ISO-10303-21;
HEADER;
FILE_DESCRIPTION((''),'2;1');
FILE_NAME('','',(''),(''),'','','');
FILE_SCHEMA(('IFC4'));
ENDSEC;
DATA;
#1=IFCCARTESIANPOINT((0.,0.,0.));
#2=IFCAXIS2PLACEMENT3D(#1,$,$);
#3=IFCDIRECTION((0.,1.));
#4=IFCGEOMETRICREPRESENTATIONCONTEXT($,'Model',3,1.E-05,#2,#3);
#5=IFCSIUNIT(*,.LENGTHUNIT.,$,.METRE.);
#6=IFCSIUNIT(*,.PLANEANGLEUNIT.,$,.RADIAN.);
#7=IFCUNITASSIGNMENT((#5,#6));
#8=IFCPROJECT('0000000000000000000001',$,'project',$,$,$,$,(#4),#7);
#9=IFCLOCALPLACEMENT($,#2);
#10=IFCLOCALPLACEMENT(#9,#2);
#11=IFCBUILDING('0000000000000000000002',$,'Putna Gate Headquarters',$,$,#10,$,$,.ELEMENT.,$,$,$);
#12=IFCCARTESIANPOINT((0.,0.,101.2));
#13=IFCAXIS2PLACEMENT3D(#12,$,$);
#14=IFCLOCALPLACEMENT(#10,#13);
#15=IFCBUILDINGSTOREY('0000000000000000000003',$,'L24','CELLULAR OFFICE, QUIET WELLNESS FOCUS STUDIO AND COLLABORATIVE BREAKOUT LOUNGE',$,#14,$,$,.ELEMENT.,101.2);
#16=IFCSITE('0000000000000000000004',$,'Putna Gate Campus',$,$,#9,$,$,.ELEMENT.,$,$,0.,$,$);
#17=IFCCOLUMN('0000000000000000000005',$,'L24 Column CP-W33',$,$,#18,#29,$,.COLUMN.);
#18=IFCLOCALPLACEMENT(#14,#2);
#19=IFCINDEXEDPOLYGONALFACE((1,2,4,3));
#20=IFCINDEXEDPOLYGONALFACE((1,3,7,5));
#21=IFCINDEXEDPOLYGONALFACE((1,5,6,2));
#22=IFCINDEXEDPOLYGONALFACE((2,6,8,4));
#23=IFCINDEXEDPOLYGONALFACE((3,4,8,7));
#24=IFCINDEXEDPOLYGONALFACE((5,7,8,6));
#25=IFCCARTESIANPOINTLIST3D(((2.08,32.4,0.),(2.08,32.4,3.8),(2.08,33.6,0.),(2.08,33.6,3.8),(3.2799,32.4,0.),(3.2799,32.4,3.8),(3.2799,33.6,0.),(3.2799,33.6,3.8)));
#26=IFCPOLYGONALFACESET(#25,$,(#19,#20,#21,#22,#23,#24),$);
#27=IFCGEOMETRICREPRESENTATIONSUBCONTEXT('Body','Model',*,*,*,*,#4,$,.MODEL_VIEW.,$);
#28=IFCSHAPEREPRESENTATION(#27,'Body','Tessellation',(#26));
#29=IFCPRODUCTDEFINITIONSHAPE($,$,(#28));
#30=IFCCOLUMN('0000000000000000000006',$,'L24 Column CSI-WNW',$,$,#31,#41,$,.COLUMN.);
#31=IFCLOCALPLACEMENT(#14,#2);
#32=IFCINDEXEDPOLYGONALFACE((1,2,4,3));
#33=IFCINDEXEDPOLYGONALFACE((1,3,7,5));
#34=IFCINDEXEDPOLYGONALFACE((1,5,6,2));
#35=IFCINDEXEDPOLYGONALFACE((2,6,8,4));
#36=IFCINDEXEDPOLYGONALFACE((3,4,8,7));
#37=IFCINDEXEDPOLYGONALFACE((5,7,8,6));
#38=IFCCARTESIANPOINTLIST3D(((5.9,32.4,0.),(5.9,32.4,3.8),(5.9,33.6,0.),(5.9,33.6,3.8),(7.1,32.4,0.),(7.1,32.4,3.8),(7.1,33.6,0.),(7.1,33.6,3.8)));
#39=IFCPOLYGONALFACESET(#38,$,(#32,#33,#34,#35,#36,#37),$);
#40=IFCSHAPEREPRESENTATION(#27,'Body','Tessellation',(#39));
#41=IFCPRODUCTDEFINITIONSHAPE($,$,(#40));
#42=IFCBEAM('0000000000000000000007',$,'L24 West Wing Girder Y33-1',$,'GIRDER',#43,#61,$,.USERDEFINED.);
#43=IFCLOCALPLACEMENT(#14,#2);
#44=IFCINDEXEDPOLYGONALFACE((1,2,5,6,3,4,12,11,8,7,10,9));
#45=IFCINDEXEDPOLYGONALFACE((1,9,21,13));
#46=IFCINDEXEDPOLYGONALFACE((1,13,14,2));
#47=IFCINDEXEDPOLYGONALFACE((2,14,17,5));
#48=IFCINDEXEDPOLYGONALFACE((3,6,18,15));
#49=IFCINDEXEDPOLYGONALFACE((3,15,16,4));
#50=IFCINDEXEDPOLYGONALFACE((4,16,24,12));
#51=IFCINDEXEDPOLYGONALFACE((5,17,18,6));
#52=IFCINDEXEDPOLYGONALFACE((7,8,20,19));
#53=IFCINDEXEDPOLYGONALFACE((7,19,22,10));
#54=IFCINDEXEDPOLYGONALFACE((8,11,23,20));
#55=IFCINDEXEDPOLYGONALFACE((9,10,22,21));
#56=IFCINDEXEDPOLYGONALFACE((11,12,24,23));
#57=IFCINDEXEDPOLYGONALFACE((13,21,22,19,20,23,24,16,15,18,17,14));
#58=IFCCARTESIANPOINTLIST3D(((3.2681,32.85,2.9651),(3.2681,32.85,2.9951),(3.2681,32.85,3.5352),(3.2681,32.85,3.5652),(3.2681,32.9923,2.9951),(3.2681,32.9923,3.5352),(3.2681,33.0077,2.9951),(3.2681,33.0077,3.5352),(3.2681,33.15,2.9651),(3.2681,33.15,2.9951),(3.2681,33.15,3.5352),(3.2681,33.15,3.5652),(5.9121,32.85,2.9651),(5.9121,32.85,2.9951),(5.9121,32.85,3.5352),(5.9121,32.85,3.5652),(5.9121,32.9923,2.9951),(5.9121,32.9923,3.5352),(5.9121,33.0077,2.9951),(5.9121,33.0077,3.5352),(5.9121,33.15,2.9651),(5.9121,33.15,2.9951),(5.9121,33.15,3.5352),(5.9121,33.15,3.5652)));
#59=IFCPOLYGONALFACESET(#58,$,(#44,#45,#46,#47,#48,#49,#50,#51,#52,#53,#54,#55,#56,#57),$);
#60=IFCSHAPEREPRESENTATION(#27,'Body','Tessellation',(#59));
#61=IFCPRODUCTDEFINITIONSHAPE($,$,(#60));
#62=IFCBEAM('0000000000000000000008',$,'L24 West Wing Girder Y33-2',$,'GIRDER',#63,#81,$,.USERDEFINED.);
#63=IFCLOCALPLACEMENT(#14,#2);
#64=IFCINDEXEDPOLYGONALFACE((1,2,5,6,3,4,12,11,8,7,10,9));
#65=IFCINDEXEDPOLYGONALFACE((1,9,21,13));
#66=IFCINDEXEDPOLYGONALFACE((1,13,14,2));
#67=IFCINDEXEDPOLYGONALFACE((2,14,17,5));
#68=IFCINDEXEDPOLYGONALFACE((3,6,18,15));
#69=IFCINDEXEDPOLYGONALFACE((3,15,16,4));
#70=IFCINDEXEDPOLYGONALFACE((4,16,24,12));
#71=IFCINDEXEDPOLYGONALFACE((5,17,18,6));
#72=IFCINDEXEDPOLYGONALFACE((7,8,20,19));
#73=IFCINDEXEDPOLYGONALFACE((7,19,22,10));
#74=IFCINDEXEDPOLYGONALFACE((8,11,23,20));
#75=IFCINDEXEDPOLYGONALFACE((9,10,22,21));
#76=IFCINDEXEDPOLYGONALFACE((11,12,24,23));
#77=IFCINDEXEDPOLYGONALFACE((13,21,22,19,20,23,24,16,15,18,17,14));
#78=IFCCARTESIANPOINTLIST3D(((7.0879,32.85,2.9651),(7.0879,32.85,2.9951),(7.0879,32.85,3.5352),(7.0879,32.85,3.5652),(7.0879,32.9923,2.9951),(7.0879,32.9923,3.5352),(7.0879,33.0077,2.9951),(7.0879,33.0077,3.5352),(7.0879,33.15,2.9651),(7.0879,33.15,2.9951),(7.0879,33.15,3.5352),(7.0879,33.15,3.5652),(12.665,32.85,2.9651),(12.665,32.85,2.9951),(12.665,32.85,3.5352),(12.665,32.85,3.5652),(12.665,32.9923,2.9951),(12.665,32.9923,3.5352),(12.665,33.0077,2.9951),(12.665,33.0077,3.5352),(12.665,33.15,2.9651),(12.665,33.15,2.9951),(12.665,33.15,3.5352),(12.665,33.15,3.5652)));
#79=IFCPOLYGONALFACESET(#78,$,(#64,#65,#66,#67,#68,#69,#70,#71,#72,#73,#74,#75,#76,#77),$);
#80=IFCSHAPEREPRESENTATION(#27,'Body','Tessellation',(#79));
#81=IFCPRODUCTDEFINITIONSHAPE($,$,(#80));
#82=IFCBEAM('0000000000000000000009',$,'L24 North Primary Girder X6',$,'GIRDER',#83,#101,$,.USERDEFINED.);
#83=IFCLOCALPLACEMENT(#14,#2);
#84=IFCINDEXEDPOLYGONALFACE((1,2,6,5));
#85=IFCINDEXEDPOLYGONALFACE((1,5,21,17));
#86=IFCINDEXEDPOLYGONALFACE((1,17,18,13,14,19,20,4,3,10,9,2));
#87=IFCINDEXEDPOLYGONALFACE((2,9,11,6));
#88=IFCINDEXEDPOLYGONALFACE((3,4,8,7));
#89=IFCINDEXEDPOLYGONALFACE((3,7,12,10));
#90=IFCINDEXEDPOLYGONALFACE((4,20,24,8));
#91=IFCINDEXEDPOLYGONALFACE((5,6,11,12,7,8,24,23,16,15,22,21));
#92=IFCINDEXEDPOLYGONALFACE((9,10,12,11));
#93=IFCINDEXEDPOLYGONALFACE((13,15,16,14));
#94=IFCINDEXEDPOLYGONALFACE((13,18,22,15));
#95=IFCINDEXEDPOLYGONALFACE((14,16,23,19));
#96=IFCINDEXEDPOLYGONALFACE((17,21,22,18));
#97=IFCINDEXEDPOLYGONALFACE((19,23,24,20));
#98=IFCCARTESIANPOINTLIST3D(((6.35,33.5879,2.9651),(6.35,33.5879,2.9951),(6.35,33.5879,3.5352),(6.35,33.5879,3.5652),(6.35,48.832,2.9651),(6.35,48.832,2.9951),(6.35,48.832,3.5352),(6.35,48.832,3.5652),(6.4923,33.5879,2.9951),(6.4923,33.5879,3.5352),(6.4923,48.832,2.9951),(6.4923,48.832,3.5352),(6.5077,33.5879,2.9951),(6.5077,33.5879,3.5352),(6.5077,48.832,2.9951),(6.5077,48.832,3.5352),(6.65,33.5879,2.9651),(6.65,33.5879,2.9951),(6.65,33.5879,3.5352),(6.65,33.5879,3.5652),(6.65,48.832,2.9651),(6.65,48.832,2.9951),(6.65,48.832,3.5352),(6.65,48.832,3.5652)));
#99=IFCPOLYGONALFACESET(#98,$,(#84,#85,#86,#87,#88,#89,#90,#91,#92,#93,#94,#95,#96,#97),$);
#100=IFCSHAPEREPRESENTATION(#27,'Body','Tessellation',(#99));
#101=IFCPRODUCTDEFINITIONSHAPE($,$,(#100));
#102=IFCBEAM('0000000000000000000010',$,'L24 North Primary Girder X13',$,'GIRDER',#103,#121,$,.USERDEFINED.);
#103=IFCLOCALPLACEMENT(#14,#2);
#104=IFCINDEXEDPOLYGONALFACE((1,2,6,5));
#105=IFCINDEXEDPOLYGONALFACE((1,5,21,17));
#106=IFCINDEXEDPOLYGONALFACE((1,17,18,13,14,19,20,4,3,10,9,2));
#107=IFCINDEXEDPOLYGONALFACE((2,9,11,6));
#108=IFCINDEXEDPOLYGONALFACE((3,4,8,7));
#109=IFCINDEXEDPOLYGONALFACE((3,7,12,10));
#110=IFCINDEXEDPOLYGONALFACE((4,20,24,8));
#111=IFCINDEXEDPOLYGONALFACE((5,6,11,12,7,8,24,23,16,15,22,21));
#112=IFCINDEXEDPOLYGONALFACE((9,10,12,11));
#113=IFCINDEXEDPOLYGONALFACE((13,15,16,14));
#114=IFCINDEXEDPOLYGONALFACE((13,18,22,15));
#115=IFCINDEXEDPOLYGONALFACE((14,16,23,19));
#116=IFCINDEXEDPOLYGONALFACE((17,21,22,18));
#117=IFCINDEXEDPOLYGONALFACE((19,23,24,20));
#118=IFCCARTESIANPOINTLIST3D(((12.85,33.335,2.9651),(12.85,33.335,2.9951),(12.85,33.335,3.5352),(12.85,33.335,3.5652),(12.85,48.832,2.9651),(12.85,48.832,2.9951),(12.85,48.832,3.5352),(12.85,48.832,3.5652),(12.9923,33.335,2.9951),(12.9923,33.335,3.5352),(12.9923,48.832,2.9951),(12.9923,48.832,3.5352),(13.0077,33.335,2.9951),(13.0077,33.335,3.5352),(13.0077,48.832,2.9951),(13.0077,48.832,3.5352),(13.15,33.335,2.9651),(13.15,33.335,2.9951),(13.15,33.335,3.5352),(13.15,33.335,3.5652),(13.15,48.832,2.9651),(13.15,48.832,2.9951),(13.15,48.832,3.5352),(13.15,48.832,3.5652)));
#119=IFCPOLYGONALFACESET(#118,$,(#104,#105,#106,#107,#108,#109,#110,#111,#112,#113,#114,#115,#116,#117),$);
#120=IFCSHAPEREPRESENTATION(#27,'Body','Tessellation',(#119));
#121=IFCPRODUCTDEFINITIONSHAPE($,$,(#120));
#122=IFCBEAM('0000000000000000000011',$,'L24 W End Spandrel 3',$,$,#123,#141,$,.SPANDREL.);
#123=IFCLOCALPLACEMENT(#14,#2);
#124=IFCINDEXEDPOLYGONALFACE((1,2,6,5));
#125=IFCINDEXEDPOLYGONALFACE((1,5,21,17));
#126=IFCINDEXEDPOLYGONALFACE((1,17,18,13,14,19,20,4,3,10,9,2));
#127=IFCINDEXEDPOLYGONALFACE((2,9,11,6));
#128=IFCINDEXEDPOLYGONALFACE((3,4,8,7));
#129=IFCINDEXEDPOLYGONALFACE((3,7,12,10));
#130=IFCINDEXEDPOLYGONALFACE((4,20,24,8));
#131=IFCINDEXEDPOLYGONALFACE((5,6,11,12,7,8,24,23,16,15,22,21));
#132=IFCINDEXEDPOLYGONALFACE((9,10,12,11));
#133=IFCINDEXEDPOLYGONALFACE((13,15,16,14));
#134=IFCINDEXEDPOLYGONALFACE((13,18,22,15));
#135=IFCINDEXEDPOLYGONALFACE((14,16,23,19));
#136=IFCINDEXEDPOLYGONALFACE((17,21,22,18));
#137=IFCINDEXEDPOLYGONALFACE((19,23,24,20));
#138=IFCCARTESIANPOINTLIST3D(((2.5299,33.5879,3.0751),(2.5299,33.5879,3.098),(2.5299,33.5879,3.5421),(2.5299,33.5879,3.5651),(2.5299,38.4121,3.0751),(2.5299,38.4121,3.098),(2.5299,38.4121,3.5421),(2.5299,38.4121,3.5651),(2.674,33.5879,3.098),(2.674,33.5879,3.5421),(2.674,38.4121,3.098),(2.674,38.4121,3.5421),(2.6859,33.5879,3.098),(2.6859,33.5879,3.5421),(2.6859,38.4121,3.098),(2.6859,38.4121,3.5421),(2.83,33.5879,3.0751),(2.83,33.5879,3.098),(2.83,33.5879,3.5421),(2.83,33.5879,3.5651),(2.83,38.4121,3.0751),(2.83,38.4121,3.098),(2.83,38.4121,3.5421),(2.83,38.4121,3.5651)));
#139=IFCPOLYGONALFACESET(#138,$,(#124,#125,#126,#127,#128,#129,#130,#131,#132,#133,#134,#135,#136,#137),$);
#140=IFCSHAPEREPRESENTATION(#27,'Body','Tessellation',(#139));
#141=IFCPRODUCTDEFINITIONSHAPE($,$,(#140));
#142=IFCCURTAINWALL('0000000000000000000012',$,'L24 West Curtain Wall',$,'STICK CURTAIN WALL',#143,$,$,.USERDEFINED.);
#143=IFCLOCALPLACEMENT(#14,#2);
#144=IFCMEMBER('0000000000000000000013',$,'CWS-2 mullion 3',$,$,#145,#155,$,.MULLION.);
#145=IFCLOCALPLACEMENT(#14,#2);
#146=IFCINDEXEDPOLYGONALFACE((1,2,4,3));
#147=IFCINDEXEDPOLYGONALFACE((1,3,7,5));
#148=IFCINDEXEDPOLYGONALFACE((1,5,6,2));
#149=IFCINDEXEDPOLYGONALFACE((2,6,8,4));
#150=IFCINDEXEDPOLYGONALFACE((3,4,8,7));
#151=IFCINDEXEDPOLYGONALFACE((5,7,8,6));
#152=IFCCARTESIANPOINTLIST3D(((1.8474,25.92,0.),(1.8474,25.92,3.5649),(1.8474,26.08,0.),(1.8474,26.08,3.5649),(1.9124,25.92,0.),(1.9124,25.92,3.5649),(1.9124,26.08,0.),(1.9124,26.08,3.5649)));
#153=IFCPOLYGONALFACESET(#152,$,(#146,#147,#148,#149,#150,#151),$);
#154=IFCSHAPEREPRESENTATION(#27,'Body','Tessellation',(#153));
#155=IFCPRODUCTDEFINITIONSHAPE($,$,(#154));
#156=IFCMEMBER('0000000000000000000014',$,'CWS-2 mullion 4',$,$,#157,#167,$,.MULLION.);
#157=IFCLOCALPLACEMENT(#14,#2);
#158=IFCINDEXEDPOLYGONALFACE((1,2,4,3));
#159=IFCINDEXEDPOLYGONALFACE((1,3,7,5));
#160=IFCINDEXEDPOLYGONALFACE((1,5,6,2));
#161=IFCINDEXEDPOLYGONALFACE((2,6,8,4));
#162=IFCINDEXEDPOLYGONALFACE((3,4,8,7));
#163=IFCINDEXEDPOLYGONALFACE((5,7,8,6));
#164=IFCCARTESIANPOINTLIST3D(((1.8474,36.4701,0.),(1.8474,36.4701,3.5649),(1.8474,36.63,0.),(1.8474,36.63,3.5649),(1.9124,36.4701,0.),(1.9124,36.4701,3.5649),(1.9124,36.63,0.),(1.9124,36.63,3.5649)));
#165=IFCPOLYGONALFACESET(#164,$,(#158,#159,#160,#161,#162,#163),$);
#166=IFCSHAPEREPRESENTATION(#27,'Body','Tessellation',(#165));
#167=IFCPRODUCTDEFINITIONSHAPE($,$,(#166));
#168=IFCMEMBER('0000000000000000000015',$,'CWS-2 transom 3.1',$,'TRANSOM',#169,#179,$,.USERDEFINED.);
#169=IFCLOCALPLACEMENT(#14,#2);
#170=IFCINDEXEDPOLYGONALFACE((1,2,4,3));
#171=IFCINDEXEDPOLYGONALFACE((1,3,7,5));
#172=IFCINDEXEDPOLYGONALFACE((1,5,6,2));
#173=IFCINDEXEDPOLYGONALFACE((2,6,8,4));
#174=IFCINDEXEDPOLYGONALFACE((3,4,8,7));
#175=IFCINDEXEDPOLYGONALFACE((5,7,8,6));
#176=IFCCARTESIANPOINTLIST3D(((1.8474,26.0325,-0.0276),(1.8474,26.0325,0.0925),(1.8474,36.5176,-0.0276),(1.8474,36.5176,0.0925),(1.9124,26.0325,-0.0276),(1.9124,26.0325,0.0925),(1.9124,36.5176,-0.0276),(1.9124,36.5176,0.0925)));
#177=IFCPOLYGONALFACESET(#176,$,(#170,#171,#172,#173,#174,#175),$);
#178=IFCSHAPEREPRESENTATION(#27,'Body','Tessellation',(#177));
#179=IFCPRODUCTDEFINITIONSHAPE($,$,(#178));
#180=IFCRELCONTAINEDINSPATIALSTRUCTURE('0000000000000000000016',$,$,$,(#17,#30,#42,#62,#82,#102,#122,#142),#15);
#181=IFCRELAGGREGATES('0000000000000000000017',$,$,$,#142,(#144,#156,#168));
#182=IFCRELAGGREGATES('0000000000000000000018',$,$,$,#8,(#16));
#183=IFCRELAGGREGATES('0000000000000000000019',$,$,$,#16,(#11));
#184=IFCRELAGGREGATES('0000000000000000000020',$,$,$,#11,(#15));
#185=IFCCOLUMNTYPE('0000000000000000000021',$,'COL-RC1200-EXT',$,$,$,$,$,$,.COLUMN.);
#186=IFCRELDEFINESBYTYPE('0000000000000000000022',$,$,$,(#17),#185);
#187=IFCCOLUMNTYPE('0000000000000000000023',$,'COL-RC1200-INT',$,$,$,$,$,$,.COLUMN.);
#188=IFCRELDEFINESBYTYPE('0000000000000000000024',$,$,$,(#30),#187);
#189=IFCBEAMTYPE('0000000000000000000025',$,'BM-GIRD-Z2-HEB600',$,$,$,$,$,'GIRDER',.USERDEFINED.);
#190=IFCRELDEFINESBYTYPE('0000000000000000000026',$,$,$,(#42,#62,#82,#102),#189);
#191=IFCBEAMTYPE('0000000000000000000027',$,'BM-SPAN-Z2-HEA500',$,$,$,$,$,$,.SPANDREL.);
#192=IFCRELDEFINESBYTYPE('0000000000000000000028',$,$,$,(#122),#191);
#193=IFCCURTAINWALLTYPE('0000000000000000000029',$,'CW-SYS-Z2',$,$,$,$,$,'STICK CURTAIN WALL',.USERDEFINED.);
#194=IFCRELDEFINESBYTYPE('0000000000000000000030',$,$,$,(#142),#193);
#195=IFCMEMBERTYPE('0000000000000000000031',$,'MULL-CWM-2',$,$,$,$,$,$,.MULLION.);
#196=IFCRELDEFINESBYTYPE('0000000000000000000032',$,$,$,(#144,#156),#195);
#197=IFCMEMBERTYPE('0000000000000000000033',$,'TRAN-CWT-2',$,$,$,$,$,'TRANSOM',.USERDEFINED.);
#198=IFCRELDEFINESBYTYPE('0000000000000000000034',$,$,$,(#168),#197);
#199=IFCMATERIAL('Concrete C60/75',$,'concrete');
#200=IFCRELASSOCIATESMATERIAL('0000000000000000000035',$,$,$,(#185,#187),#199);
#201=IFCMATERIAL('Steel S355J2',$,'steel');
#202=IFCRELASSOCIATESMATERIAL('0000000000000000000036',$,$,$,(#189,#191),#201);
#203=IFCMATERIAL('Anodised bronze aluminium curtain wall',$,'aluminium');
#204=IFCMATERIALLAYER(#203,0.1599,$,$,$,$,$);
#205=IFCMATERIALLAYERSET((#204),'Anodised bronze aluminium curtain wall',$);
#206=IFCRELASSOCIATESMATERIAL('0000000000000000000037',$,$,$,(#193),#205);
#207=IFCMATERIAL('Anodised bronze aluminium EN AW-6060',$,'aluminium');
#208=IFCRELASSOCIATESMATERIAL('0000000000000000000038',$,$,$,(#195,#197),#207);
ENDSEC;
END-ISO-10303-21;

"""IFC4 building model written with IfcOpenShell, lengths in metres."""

from ifc_helpers import new_model, si_unit, direction, frame, origin, origin_2d, place, context, subcontext, project, spatial, rectangle, i_section, extrude, material, layer, layer_set, material_profile, profile_set, type_object, element, aggregate, save


model = new_model("IFC4")

# Units and contexts
model_context = context("Model", 3, precision=1e-05, world=origin(), true_north=direction((0.0, 1.0)))
body_context = subcontext(model_context, "Body", "Model", "MODEL_VIEW")
ifc_project = project(units=[si_unit("LENGTHUNIT", "METRE"), si_unit("PLANEANGLEUNIT", "RADIAN")], contexts=[model_context])

# Site, building, storey
site_placement = place(None, origin())
site = spatial("IfcSite", under=ifc_project, at=site_placement, Name="Putna Gate Campus", CompositionType="ELEMENT", RefElevation=0.0)
building_placement = place(site_placement, origin())
building = spatial("IfcBuilding", under=site, at=building_placement, Name="Putna Gate Headquarters", CompositionType="ELEMENT")
storey_placement = place(building_placement, frame((0.0, 0.0, 101.2)))
storey = spatial("IfcBuildingStorey", under=building, at=storey_placement, Name="L24", Description="CELLULAR OFFICE, QUIET WELLNESS FOCUS STUDIO AND COLLABORATIVE BREAKOUT LOUNGE", CompositionType="ELEMENT", Elevation=101.2)

# Columns
ifc_material_1 = material(Name="Concrete C60/75", Category="concrete")
ifc_material_profile_1 = material_profile(ifc_material_1, rectangle(XDim=1.2, YDim=1.2, at=origin_2d()), Name="Concrete C60/75")
ifc_profile_set_1 = profile_set([ifc_material_profile_1], Name="Concrete C60/75")
column_type_1 = type_object("IfcColumnType", Name="COL-RC1200-EXT", PredefinedType="COLUMN", material=ifc_profile_set_1)
column_1_placement = place(storey_placement, frame((2.6799, 33.0, 0.0), z_axis=(0.0, 0.0, 1.0), x_axis=(1.0, 0.0, 0.0)))
element("IfcColumn", 1, at=column_1_placement, inside=storey, type_object=column_type_1, Name="L24 Column CP-W33", PredefinedType="COLUMN", context=body_context, shape_type="SweptSolid", body=[
    extrude(rectangle(XDim=1.2, YDim=1.2, at=origin_2d()), origin(), (0.0, 0.0, 1.0), 3.8),
])
ifc_material_profile_2 = material_profile(ifc_material_1, rectangle(XDim=1.2, YDim=1.2, at=origin_2d()), Name="Concrete C60/75")
ifc_profile_set_2 = profile_set([ifc_material_profile_2], Name="Concrete C60/75")
column_type_2 = type_object("IfcColumnType", Name="COL-RC1200-INT", PredefinedType="COLUMN", material=ifc_profile_set_2)
column_2_placement = place(storey_placement, frame((6.5, 33.0, 0.0), z_axis=(0.0, 0.0, 1.0), x_axis=(1.0, 0.0, 0.0)))
element("IfcColumn", 2, at=column_2_placement, inside=storey, type_object=column_type_2, Name="L24 Column CSI-WNW", PredefinedType="COLUMN", context=body_context, shape_type="SweptSolid", body=[
    extrude(rectangle(XDim=1.2, YDim=1.2, at=origin_2d()), origin(), (0.0, 0.0, 1.0), 3.8),
])

# Beams
ifc_material_2 = material(Name="Steel S355J2", Category="steel")
ifc_material_profile_3 = material_profile(ifc_material_2, i_section(OverallWidth=0.3, OverallDepth=0.6001, WebThickness=0.0154, FlangeThickness=0.03, at=origin_2d()), Name="Steel S355J2")
ifc_profile_set_3 = profile_set([ifc_material_profile_3], Name="Steel S355J2")
beam_type_1 = type_object("IfcBeamType", Name="BM-GIRD-Z2-HEB600", ElementType="GIRDER", PredefinedType="USERDEFINED", material=ifc_profile_set_3)
beam_1_placement = place(storey_placement, frame((3.2681, 33.0, 3.2651), z_axis=(1.0, 0.0, 0.0), x_axis=(0.0, 1.0, 0.0)))
element("IfcBeam", 3, at=beam_1_placement, inside=storey, type_object=beam_type_1, Name="L24 West Wing Girder Y33-1", ObjectType="GIRDER", PredefinedType="USERDEFINED", context=body_context, shape_type="SweptSolid", body=[
    extrude(i_section(OverallWidth=0.3, OverallDepth=0.6001, WebThickness=0.0154, FlangeThickness=0.03, at=origin_2d()), origin(), (0.0, 0.0, 1.0), 2.644),
])
beam_2_placement = place(storey_placement, frame((7.0879, 33.0, 3.2651), z_axis=(1.0, 0.0, 0.0), x_axis=(0.0, 1.0, 0.0)))
element("IfcBeam", 4, at=beam_2_placement, inside=storey, type_object=beam_type_1, Name="L24 West Wing Girder Y33-2", ObjectType="GIRDER", PredefinedType="USERDEFINED", context=body_context, shape_type="SweptSolid", body=[
    extrude(i_section(OverallWidth=0.3, OverallDepth=0.6001, WebThickness=0.0154, FlangeThickness=0.03, at=origin_2d()), origin(), (0.0, 0.0, 1.0), 5.5771),
])
beam_3_placement = place(storey_placement, frame((6.5, 33.5879, 3.2651), z_axis=(0.0, 1.0, 0.0), x_axis=(-1.0, 0.0, 0.0)))
element("IfcBeam", 5, at=beam_3_placement, inside=storey, type_object=beam_type_1, Name="L24 North Primary Girder X6", ObjectType="GIRDER", PredefinedType="USERDEFINED", context=body_context, shape_type="SweptSolid", body=[
    extrude(i_section(OverallWidth=0.3, OverallDepth=0.6001, WebThickness=0.0154, FlangeThickness=0.03, at=origin_2d()), origin(), (0.0, 0.0, 1.0), 15.2441),
])
beam_4_placement = place(storey_placement, frame((13.0, 33.335, 3.2651), z_axis=(0.0, 1.0, 0.0), x_axis=(-1.0, 0.0, 0.0)))
element("IfcBeam", 6, at=beam_4_placement, inside=storey, type_object=beam_type_1, Name="L24 North Primary Girder X13", ObjectType="GIRDER", PredefinedType="USERDEFINED", context=body_context, shape_type="SweptSolid", body=[
    extrude(i_section(OverallWidth=0.3, OverallDepth=0.6001, WebThickness=0.0154, FlangeThickness=0.03, at=origin_2d()), origin(), (0.0, 0.0, 1.0), 15.4971),
])
ifc_material_profile_4 = material_profile(ifc_material_2, i_section(OverallWidth=0.3, OverallDepth=0.49, WebThickness=0.012, FlangeThickness=0.0229, at=origin_2d()), Name="Steel S355J2")
ifc_profile_set_4 = profile_set([ifc_material_profile_4], Name="Steel S355J2")
beam_type_2 = type_object("IfcBeamType", Name="BM-SPAN-Z2-HEA500", PredefinedType="SPANDREL", material=ifc_profile_set_4)
beam_5_placement = place(storey_placement, frame((2.6799, 33.5879, 3.3201), z_axis=(0.0, 1.0, 0.0), x_axis=(-1.0, 0.0, 0.0)))
element("IfcBeam", 7, at=beam_5_placement, inside=storey, type_object=beam_type_2, Name="L24 W End Spandrel 3", PredefinedType="SPANDREL", context=body_context, shape_type="SweptSolid", body=[
    extrude(i_section(OverallWidth=0.3, OverallDepth=0.49, WebThickness=0.012, FlangeThickness=0.0229, at=origin_2d()), origin(), (0.0, 0.0, 1.0), 4.8242),
])

# Curtain wall, members
ifc_material_3 = material(Name="Anodised bronze aluminium curtain wall", Category="aluminium")
ifc_layer_1 = layer(ifc_material_3, 0.1599)
ifc_layer_set_1 = layer_set([ifc_layer_1], Name="Anodised bronze aluminium curtain wall")
curtain_wall_type = type_object("IfcCurtainWallType", Name="CW-SYS-Z2", ElementType="STICK CURTAIN WALL", PredefinedType="USERDEFINED", material=ifc_layer_set_1)
curtain_wall_placement = place(storey_placement, origin())
curtain_wall = element("IfcCurtainWall", 8, at=curtain_wall_placement, inside=storey, type_object=curtain_wall_type, Name="L24 West Curtain Wall", ObjectType="STICK CURTAIN WALL", PredefinedType="USERDEFINED")
ifc_material_4 = material(Name="Anodised bronze aluminium EN AW-6060", Category="aluminium")
ifc_material_profile_5 = material_profile(ifc_material_4, rectangle(XDim=0.0649, YDim=0.1599, at=origin_2d()), Name="Anodised bronze aluminium EN AW-6060")
ifc_profile_set_5 = profile_set([ifc_material_profile_5], Name="Anodised bronze aluminium EN AW-6060")
member_type_1 = type_object("IfcMemberType", Name="MULL-CWM-2", PredefinedType="MULLION", material=ifc_profile_set_5)
member_1_placement = place(storey_placement, frame((1.8799, 26.0, 0.0), z_axis=(0.0, 0.0, 1.0), x_axis=(-1.0, 0.0, 0.0)))
member_1 = element("IfcMember", 9, at=member_1_placement, type_object=member_type_1, Name="CWS-2 mullion 3", PredefinedType="MULLION", context=body_context, shape_type="SweptSolid", body=[
    extrude(rectangle(XDim=0.0649, YDim=0.1599, at=origin_2d()), origin(), (0.0, 0.0, 1.0), 3.5649),
])
member_2_placement = place(storey_placement, frame((1.8799, 36.55, 0.0), z_axis=(0.0, 0.0, 1.0), x_axis=(-1.0, 0.0, 0.0)))
member_2 = element("IfcMember", 10, at=member_2_placement, type_object=member_type_1, Name="CWS-2 mullion 4", PredefinedType="MULLION", context=body_context, shape_type="SweptSolid", body=[
    extrude(rectangle(XDim=0.0649, YDim=0.1599, at=origin_2d()), origin(), (0.0, 0.0, 1.0), 3.5649),
])
ifc_material_profile_6 = material_profile(ifc_material_4, rectangle(XDim=0.0649, YDim=0.1201, at=origin_2d()), Name="Anodised bronze aluminium EN AW-6060")
ifc_profile_set_6 = profile_set([ifc_material_profile_6], Name="Anodised bronze aluminium EN AW-6060")
member_type_2 = type_object("IfcMemberType", Name="TRAN-CWT-2", ElementType="TRANSOM", PredefinedType="USERDEFINED", material=ifc_profile_set_6)
member_3_placement = place(storey_placement, frame((1.8799, 26.0325, 0.0325), z_axis=(0.0, 1.0, 0.0), x_axis=(-1.0, 0.0, 0.0)))
member_3 = element("IfcMember", 11, at=member_3_placement, type_object=member_type_2, Name="CWS-2 transom 3.1", ObjectType="TRANSOM", PredefinedType="USERDEFINED", context=body_context, shape_type="SweptSolid", body=[
    extrude(rectangle(XDim=0.0649, YDim=0.1201, at=origin_2d()), origin(), (0.0, 0.0, 1.0), 10.4851),
])
aggregate(curtain_wall, [member_1, member_2, member_3])

save(model, "model.ifc")
